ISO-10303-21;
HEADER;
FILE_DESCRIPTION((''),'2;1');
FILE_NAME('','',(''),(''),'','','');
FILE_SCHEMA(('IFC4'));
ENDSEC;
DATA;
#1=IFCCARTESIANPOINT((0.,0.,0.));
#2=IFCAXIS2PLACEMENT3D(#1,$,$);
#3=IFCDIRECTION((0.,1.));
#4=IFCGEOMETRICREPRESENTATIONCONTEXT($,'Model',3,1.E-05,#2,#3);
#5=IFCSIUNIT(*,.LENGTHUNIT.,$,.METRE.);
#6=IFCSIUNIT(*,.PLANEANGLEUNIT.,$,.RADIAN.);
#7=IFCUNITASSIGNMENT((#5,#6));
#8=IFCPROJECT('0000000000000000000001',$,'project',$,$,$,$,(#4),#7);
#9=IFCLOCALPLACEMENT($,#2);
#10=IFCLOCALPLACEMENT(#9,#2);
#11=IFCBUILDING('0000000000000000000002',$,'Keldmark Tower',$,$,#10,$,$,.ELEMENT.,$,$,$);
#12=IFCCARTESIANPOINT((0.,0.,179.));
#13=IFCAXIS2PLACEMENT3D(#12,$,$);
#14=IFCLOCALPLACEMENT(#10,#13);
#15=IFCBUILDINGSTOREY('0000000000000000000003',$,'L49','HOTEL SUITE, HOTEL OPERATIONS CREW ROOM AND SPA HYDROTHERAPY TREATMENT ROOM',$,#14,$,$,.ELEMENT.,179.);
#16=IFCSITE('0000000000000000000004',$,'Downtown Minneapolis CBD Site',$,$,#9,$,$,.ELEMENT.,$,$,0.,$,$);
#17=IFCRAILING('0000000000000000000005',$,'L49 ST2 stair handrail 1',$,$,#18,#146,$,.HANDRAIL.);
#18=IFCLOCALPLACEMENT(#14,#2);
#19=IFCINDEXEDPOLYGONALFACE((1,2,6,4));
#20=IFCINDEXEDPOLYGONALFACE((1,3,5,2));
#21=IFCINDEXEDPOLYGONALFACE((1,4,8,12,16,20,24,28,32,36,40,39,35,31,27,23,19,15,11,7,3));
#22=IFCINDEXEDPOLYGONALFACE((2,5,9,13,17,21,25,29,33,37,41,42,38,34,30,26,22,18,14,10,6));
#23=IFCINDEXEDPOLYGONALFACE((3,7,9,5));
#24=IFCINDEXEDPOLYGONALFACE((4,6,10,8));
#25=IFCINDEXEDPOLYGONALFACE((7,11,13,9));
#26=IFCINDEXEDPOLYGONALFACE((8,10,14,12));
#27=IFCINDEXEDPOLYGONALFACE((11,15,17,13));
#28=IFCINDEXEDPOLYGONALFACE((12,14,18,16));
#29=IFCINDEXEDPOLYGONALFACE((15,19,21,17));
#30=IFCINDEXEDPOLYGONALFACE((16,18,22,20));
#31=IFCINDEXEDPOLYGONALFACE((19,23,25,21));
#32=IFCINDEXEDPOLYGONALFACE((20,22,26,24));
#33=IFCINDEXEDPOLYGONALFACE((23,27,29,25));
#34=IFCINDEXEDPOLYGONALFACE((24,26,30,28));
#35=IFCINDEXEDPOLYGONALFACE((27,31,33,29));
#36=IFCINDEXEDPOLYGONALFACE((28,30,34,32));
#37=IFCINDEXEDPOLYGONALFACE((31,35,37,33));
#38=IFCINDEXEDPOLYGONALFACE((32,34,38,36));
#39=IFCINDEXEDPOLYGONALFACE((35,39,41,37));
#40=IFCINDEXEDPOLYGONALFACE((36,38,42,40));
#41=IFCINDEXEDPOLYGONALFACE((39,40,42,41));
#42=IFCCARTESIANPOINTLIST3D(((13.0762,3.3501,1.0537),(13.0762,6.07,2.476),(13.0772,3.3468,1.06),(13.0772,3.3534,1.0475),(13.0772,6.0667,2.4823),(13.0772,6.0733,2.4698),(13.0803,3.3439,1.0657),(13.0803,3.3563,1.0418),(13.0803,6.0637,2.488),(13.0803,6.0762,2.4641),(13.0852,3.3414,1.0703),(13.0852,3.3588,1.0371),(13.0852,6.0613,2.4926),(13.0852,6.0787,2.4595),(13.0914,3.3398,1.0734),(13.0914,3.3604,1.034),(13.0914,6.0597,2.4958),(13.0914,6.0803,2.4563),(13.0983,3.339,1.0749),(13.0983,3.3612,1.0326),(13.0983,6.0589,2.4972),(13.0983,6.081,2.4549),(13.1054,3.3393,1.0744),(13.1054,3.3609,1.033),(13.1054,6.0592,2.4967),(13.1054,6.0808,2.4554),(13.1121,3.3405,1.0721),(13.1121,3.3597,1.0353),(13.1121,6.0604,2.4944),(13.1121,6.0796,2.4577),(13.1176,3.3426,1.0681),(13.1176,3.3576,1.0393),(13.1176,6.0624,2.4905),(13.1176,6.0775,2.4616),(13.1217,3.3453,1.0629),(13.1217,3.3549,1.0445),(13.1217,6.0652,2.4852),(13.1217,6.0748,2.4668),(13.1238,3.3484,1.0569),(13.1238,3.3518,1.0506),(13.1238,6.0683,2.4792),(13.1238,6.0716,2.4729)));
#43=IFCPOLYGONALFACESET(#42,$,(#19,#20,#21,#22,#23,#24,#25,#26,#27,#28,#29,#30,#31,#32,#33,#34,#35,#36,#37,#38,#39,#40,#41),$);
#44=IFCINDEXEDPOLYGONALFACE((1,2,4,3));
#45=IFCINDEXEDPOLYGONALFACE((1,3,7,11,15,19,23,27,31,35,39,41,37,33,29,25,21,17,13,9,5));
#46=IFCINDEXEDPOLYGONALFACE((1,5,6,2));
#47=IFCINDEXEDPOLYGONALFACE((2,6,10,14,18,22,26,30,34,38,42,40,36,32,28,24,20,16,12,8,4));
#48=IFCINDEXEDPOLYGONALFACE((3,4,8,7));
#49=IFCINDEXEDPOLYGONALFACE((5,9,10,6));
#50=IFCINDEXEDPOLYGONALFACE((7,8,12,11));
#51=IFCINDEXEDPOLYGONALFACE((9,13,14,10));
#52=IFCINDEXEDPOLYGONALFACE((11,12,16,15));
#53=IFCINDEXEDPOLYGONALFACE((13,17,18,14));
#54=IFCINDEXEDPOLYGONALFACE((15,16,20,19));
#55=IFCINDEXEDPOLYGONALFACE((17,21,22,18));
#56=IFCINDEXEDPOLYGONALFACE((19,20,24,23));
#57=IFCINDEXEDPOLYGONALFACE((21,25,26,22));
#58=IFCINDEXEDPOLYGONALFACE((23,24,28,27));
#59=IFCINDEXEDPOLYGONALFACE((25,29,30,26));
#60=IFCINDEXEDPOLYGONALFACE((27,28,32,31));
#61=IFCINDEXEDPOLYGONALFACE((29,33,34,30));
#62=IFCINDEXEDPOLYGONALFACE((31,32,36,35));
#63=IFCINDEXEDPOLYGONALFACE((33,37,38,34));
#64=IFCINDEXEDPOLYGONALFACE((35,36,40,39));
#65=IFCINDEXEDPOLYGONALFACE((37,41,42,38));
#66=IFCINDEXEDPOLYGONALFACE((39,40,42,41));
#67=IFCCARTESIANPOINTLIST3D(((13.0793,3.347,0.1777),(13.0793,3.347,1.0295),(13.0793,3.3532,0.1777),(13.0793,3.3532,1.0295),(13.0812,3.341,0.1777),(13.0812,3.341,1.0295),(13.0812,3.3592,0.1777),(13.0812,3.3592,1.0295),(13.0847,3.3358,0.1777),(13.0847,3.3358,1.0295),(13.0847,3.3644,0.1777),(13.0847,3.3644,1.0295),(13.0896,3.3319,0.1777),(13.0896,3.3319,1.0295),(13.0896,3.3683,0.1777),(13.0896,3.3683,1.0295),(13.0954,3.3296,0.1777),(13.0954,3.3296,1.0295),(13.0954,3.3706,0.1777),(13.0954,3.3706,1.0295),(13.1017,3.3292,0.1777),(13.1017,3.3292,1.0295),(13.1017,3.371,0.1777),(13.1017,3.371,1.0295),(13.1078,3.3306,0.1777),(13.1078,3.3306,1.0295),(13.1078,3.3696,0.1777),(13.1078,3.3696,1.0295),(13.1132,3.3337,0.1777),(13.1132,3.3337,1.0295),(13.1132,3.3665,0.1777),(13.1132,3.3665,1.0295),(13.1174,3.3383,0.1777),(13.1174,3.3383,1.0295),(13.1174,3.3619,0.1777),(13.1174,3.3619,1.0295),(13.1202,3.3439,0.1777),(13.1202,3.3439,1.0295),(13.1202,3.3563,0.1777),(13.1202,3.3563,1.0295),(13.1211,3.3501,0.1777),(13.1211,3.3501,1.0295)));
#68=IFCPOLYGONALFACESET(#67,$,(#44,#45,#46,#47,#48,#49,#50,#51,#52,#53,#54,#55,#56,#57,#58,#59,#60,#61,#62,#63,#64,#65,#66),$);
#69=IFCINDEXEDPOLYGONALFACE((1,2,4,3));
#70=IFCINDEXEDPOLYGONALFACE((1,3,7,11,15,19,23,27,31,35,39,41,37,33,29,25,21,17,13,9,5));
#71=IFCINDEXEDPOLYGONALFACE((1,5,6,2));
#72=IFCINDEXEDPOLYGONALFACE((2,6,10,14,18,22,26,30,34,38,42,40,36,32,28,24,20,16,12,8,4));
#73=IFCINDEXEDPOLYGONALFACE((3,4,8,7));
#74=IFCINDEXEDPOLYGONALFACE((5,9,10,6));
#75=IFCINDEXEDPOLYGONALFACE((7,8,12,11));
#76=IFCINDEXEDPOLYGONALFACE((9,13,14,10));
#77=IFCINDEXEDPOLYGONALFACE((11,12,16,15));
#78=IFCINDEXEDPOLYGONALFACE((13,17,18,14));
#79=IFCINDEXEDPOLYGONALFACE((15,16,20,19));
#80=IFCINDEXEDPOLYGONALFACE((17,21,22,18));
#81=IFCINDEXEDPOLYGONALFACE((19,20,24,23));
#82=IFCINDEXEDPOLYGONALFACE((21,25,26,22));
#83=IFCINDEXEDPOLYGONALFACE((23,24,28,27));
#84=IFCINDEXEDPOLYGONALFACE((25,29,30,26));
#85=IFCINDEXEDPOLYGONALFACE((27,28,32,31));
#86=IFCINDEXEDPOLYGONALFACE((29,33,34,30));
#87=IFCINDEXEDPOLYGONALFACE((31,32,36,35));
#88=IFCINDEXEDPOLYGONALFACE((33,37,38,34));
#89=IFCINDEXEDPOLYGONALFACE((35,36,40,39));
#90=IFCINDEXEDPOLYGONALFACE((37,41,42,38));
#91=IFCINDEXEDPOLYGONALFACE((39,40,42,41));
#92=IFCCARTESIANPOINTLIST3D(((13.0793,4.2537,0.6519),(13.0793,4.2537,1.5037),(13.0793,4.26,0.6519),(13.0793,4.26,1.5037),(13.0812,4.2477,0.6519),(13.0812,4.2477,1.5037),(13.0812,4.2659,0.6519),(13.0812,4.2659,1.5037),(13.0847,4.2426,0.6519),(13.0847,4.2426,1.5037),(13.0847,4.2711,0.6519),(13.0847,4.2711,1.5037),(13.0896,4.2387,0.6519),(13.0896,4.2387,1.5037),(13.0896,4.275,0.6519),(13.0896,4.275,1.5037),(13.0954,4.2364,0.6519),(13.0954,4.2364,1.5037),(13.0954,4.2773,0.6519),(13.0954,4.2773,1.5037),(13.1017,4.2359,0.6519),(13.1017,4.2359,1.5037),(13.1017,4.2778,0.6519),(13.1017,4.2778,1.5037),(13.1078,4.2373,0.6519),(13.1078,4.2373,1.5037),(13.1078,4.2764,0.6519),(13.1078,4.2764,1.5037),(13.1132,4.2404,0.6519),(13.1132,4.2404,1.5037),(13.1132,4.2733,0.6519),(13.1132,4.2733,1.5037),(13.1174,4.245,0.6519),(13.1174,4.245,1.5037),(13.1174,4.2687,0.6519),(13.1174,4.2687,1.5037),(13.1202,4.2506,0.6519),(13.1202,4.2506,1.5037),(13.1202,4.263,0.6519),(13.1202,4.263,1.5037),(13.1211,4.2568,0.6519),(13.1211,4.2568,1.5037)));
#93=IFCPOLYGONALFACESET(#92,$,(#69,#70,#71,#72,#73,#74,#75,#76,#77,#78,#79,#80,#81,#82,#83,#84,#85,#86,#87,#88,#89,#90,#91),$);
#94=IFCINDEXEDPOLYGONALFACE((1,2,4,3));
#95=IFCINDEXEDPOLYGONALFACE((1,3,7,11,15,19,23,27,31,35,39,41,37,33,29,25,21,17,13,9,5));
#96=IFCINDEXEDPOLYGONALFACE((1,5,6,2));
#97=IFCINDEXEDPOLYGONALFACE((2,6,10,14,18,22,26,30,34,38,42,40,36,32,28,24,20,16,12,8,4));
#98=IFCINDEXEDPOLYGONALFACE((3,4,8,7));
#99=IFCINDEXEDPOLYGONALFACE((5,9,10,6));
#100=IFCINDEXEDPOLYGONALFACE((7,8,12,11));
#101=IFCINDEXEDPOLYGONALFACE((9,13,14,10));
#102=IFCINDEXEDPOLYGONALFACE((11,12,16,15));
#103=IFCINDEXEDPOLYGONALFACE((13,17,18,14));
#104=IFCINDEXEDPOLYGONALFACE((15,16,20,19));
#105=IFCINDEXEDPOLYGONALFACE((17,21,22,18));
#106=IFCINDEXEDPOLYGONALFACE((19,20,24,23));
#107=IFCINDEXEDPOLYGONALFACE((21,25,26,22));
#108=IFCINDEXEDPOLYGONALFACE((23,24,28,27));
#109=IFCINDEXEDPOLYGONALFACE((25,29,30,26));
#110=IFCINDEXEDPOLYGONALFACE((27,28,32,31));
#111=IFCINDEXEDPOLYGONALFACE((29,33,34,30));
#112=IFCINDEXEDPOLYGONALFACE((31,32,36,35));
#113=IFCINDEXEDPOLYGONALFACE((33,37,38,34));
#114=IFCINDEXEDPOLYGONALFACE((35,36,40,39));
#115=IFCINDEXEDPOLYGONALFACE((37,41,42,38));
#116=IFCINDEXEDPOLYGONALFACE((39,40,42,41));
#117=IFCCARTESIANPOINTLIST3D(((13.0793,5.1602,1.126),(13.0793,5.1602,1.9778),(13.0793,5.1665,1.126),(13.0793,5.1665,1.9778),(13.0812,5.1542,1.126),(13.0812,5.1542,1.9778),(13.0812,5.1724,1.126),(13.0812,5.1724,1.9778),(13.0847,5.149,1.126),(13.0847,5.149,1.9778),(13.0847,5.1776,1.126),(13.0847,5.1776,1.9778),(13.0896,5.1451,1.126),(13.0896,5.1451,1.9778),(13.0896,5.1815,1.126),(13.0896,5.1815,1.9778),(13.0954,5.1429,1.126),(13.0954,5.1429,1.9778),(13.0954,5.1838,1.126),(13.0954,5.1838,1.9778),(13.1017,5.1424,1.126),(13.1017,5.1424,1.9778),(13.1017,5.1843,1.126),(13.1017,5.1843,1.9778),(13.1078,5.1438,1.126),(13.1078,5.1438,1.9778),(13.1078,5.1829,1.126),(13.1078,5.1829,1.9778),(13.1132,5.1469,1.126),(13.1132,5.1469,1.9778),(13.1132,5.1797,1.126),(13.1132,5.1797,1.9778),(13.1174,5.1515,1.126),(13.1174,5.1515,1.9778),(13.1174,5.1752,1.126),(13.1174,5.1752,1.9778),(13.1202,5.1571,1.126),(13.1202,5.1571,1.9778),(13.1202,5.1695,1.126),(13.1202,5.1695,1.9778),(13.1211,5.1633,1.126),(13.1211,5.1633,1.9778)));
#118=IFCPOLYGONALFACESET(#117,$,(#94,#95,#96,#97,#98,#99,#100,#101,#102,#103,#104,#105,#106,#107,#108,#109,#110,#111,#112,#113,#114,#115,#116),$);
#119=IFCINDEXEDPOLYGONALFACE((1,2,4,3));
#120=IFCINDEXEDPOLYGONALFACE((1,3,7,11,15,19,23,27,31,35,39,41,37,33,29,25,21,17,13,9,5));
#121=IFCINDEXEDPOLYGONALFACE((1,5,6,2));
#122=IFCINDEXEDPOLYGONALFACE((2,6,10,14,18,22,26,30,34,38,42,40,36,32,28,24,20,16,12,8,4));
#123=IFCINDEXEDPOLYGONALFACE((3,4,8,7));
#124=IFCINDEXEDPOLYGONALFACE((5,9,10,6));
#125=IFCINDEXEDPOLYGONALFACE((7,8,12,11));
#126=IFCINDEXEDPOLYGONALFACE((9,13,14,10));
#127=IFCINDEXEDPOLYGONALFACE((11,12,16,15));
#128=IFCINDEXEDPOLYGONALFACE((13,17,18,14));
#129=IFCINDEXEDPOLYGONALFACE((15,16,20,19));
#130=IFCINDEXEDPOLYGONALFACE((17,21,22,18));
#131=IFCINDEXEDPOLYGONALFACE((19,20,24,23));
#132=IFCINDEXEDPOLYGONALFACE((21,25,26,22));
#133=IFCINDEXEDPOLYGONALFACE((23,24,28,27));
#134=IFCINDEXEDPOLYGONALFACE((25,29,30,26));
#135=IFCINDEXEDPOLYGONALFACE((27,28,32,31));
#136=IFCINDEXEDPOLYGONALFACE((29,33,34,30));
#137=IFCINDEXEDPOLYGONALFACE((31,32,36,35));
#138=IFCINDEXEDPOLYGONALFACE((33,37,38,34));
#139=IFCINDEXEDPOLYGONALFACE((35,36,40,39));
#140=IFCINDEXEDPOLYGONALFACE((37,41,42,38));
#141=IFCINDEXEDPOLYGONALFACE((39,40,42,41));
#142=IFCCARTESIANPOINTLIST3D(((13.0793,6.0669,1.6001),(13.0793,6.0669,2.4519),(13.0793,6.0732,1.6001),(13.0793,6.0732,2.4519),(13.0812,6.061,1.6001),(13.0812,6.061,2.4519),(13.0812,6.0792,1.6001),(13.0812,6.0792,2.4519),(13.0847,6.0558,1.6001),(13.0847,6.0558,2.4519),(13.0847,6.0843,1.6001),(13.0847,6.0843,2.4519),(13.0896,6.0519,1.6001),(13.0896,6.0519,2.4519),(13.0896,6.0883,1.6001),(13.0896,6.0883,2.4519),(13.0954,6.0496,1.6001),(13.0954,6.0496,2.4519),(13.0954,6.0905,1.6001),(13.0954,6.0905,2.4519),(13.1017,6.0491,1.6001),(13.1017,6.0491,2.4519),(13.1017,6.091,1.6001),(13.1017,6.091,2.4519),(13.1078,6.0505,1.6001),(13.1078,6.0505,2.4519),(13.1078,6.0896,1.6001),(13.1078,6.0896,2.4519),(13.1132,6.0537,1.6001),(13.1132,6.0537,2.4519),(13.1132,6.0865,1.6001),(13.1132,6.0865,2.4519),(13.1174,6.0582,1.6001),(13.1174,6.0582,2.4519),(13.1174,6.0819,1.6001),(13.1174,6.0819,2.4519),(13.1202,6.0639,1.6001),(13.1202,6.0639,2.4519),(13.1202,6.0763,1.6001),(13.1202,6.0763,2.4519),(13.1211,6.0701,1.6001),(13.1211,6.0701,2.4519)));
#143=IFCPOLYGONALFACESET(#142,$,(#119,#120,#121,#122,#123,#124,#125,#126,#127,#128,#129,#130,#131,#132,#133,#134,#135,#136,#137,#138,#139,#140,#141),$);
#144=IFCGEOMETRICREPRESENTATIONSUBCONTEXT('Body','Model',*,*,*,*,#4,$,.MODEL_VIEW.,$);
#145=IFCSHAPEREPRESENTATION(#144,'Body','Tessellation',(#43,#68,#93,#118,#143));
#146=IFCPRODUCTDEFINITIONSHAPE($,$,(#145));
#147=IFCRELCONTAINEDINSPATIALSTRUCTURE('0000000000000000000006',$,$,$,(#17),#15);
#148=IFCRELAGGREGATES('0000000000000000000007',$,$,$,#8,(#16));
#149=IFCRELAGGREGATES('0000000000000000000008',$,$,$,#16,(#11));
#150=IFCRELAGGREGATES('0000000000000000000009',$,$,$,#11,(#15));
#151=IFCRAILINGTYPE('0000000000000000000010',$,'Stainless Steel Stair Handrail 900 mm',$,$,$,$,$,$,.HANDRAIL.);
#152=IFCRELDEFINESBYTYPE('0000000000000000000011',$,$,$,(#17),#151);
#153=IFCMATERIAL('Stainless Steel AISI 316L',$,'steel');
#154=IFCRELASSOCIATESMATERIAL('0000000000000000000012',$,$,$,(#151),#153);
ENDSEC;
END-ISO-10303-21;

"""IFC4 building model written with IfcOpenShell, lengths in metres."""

from ifc_helpers import new_model, si_unit, direction, frame, origin, origin_2d, place, context, subcontext, project, spatial, circle, extrude, material, type_object, element, save


model = new_model("IFC4")

# Units and contexts
model_context = context("Model", 3, precision=1e-05, world=origin(), true_north=direction((0.0, 1.0)))
body_context = subcontext(model_context, "Body", "Model", "MODEL_VIEW")
ifc_project = project(units=[si_unit("LENGTHUNIT", "METRE"), si_unit("PLANEANGLEUNIT", "RADIAN")], contexts=[model_context])

# Site, building, storey
site_placement = place(None, origin())
site = spatial("IfcSite", under=ifc_project, at=site_placement, Name="Downtown Minneapolis CBD Site", CompositionType="ELEMENT", RefElevation=0.0)
building_placement = place(site_placement, origin())
building = spatial("IfcBuilding", under=site, at=building_placement, Name="Keldmark Tower", CompositionType="ELEMENT")
storey_placement = place(building_placement, frame((0.0, 0.0, 179.0)))
storey = spatial("IfcBuildingStorey", under=building, at=storey_placement, Name="L49", Description="HOTEL SUITE, HOTEL OPERATIONS CREW ROOM AND SPA HYDROTHERAPY TREATMENT ROOM", CompositionType="ELEMENT", Elevation=179.0)

# Railing
ifc_material_1 = material(Name="Stainless Steel AISI 316L", Category="steel")
railing_type_1 = type_object("IfcRailingType", Name="Stainless Steel Stair Handrail 900 mm", PredefinedType="HANDRAIL", material=ifc_material_1)
railing_1_placement = place(storey_placement, frame((13.1001, 3.3501, 0.1777)))
element("IfcRailing", 1, at=railing_1_placement, inside=storey, type_object=railing_type_1, Name="L49 ST2 stair handrail 1", PredefinedType="HANDRAIL", context=body_context, shape_type="SweptSolid", body=[
    extrude(circle(Radius=0.0239, at=origin_2d()), frame((0.0, 0.0, 0.876), z_axis=(0.0, 0.88615, 0.463398), x_axis=(-1.0, 0.0, 0.0)), (0.0, 0.0, 1.0), 3.0693),
    extrude(circle(Radius=0.021, at=origin_2d()), origin(), (0.0, 0.0, 1.0), 0.8518),
    extrude(circle(Radius=0.021, at=origin_2d()), frame((0.0, 0.9067, 0.4741)), (0.0, 0.0, 1.0), 0.8518),
    extrude(circle(Radius=0.021, at=origin_2d()), frame((0.0, 1.8132, 0.9482)), (0.0, 0.0, 1.0), 0.8518),
    extrude(circle(Radius=0.021, at=origin_2d()), frame((0.0, 2.72, 1.4224)), (0.0, 0.0, 1.0), 0.8518),
])

save(model, "model.ifc")
